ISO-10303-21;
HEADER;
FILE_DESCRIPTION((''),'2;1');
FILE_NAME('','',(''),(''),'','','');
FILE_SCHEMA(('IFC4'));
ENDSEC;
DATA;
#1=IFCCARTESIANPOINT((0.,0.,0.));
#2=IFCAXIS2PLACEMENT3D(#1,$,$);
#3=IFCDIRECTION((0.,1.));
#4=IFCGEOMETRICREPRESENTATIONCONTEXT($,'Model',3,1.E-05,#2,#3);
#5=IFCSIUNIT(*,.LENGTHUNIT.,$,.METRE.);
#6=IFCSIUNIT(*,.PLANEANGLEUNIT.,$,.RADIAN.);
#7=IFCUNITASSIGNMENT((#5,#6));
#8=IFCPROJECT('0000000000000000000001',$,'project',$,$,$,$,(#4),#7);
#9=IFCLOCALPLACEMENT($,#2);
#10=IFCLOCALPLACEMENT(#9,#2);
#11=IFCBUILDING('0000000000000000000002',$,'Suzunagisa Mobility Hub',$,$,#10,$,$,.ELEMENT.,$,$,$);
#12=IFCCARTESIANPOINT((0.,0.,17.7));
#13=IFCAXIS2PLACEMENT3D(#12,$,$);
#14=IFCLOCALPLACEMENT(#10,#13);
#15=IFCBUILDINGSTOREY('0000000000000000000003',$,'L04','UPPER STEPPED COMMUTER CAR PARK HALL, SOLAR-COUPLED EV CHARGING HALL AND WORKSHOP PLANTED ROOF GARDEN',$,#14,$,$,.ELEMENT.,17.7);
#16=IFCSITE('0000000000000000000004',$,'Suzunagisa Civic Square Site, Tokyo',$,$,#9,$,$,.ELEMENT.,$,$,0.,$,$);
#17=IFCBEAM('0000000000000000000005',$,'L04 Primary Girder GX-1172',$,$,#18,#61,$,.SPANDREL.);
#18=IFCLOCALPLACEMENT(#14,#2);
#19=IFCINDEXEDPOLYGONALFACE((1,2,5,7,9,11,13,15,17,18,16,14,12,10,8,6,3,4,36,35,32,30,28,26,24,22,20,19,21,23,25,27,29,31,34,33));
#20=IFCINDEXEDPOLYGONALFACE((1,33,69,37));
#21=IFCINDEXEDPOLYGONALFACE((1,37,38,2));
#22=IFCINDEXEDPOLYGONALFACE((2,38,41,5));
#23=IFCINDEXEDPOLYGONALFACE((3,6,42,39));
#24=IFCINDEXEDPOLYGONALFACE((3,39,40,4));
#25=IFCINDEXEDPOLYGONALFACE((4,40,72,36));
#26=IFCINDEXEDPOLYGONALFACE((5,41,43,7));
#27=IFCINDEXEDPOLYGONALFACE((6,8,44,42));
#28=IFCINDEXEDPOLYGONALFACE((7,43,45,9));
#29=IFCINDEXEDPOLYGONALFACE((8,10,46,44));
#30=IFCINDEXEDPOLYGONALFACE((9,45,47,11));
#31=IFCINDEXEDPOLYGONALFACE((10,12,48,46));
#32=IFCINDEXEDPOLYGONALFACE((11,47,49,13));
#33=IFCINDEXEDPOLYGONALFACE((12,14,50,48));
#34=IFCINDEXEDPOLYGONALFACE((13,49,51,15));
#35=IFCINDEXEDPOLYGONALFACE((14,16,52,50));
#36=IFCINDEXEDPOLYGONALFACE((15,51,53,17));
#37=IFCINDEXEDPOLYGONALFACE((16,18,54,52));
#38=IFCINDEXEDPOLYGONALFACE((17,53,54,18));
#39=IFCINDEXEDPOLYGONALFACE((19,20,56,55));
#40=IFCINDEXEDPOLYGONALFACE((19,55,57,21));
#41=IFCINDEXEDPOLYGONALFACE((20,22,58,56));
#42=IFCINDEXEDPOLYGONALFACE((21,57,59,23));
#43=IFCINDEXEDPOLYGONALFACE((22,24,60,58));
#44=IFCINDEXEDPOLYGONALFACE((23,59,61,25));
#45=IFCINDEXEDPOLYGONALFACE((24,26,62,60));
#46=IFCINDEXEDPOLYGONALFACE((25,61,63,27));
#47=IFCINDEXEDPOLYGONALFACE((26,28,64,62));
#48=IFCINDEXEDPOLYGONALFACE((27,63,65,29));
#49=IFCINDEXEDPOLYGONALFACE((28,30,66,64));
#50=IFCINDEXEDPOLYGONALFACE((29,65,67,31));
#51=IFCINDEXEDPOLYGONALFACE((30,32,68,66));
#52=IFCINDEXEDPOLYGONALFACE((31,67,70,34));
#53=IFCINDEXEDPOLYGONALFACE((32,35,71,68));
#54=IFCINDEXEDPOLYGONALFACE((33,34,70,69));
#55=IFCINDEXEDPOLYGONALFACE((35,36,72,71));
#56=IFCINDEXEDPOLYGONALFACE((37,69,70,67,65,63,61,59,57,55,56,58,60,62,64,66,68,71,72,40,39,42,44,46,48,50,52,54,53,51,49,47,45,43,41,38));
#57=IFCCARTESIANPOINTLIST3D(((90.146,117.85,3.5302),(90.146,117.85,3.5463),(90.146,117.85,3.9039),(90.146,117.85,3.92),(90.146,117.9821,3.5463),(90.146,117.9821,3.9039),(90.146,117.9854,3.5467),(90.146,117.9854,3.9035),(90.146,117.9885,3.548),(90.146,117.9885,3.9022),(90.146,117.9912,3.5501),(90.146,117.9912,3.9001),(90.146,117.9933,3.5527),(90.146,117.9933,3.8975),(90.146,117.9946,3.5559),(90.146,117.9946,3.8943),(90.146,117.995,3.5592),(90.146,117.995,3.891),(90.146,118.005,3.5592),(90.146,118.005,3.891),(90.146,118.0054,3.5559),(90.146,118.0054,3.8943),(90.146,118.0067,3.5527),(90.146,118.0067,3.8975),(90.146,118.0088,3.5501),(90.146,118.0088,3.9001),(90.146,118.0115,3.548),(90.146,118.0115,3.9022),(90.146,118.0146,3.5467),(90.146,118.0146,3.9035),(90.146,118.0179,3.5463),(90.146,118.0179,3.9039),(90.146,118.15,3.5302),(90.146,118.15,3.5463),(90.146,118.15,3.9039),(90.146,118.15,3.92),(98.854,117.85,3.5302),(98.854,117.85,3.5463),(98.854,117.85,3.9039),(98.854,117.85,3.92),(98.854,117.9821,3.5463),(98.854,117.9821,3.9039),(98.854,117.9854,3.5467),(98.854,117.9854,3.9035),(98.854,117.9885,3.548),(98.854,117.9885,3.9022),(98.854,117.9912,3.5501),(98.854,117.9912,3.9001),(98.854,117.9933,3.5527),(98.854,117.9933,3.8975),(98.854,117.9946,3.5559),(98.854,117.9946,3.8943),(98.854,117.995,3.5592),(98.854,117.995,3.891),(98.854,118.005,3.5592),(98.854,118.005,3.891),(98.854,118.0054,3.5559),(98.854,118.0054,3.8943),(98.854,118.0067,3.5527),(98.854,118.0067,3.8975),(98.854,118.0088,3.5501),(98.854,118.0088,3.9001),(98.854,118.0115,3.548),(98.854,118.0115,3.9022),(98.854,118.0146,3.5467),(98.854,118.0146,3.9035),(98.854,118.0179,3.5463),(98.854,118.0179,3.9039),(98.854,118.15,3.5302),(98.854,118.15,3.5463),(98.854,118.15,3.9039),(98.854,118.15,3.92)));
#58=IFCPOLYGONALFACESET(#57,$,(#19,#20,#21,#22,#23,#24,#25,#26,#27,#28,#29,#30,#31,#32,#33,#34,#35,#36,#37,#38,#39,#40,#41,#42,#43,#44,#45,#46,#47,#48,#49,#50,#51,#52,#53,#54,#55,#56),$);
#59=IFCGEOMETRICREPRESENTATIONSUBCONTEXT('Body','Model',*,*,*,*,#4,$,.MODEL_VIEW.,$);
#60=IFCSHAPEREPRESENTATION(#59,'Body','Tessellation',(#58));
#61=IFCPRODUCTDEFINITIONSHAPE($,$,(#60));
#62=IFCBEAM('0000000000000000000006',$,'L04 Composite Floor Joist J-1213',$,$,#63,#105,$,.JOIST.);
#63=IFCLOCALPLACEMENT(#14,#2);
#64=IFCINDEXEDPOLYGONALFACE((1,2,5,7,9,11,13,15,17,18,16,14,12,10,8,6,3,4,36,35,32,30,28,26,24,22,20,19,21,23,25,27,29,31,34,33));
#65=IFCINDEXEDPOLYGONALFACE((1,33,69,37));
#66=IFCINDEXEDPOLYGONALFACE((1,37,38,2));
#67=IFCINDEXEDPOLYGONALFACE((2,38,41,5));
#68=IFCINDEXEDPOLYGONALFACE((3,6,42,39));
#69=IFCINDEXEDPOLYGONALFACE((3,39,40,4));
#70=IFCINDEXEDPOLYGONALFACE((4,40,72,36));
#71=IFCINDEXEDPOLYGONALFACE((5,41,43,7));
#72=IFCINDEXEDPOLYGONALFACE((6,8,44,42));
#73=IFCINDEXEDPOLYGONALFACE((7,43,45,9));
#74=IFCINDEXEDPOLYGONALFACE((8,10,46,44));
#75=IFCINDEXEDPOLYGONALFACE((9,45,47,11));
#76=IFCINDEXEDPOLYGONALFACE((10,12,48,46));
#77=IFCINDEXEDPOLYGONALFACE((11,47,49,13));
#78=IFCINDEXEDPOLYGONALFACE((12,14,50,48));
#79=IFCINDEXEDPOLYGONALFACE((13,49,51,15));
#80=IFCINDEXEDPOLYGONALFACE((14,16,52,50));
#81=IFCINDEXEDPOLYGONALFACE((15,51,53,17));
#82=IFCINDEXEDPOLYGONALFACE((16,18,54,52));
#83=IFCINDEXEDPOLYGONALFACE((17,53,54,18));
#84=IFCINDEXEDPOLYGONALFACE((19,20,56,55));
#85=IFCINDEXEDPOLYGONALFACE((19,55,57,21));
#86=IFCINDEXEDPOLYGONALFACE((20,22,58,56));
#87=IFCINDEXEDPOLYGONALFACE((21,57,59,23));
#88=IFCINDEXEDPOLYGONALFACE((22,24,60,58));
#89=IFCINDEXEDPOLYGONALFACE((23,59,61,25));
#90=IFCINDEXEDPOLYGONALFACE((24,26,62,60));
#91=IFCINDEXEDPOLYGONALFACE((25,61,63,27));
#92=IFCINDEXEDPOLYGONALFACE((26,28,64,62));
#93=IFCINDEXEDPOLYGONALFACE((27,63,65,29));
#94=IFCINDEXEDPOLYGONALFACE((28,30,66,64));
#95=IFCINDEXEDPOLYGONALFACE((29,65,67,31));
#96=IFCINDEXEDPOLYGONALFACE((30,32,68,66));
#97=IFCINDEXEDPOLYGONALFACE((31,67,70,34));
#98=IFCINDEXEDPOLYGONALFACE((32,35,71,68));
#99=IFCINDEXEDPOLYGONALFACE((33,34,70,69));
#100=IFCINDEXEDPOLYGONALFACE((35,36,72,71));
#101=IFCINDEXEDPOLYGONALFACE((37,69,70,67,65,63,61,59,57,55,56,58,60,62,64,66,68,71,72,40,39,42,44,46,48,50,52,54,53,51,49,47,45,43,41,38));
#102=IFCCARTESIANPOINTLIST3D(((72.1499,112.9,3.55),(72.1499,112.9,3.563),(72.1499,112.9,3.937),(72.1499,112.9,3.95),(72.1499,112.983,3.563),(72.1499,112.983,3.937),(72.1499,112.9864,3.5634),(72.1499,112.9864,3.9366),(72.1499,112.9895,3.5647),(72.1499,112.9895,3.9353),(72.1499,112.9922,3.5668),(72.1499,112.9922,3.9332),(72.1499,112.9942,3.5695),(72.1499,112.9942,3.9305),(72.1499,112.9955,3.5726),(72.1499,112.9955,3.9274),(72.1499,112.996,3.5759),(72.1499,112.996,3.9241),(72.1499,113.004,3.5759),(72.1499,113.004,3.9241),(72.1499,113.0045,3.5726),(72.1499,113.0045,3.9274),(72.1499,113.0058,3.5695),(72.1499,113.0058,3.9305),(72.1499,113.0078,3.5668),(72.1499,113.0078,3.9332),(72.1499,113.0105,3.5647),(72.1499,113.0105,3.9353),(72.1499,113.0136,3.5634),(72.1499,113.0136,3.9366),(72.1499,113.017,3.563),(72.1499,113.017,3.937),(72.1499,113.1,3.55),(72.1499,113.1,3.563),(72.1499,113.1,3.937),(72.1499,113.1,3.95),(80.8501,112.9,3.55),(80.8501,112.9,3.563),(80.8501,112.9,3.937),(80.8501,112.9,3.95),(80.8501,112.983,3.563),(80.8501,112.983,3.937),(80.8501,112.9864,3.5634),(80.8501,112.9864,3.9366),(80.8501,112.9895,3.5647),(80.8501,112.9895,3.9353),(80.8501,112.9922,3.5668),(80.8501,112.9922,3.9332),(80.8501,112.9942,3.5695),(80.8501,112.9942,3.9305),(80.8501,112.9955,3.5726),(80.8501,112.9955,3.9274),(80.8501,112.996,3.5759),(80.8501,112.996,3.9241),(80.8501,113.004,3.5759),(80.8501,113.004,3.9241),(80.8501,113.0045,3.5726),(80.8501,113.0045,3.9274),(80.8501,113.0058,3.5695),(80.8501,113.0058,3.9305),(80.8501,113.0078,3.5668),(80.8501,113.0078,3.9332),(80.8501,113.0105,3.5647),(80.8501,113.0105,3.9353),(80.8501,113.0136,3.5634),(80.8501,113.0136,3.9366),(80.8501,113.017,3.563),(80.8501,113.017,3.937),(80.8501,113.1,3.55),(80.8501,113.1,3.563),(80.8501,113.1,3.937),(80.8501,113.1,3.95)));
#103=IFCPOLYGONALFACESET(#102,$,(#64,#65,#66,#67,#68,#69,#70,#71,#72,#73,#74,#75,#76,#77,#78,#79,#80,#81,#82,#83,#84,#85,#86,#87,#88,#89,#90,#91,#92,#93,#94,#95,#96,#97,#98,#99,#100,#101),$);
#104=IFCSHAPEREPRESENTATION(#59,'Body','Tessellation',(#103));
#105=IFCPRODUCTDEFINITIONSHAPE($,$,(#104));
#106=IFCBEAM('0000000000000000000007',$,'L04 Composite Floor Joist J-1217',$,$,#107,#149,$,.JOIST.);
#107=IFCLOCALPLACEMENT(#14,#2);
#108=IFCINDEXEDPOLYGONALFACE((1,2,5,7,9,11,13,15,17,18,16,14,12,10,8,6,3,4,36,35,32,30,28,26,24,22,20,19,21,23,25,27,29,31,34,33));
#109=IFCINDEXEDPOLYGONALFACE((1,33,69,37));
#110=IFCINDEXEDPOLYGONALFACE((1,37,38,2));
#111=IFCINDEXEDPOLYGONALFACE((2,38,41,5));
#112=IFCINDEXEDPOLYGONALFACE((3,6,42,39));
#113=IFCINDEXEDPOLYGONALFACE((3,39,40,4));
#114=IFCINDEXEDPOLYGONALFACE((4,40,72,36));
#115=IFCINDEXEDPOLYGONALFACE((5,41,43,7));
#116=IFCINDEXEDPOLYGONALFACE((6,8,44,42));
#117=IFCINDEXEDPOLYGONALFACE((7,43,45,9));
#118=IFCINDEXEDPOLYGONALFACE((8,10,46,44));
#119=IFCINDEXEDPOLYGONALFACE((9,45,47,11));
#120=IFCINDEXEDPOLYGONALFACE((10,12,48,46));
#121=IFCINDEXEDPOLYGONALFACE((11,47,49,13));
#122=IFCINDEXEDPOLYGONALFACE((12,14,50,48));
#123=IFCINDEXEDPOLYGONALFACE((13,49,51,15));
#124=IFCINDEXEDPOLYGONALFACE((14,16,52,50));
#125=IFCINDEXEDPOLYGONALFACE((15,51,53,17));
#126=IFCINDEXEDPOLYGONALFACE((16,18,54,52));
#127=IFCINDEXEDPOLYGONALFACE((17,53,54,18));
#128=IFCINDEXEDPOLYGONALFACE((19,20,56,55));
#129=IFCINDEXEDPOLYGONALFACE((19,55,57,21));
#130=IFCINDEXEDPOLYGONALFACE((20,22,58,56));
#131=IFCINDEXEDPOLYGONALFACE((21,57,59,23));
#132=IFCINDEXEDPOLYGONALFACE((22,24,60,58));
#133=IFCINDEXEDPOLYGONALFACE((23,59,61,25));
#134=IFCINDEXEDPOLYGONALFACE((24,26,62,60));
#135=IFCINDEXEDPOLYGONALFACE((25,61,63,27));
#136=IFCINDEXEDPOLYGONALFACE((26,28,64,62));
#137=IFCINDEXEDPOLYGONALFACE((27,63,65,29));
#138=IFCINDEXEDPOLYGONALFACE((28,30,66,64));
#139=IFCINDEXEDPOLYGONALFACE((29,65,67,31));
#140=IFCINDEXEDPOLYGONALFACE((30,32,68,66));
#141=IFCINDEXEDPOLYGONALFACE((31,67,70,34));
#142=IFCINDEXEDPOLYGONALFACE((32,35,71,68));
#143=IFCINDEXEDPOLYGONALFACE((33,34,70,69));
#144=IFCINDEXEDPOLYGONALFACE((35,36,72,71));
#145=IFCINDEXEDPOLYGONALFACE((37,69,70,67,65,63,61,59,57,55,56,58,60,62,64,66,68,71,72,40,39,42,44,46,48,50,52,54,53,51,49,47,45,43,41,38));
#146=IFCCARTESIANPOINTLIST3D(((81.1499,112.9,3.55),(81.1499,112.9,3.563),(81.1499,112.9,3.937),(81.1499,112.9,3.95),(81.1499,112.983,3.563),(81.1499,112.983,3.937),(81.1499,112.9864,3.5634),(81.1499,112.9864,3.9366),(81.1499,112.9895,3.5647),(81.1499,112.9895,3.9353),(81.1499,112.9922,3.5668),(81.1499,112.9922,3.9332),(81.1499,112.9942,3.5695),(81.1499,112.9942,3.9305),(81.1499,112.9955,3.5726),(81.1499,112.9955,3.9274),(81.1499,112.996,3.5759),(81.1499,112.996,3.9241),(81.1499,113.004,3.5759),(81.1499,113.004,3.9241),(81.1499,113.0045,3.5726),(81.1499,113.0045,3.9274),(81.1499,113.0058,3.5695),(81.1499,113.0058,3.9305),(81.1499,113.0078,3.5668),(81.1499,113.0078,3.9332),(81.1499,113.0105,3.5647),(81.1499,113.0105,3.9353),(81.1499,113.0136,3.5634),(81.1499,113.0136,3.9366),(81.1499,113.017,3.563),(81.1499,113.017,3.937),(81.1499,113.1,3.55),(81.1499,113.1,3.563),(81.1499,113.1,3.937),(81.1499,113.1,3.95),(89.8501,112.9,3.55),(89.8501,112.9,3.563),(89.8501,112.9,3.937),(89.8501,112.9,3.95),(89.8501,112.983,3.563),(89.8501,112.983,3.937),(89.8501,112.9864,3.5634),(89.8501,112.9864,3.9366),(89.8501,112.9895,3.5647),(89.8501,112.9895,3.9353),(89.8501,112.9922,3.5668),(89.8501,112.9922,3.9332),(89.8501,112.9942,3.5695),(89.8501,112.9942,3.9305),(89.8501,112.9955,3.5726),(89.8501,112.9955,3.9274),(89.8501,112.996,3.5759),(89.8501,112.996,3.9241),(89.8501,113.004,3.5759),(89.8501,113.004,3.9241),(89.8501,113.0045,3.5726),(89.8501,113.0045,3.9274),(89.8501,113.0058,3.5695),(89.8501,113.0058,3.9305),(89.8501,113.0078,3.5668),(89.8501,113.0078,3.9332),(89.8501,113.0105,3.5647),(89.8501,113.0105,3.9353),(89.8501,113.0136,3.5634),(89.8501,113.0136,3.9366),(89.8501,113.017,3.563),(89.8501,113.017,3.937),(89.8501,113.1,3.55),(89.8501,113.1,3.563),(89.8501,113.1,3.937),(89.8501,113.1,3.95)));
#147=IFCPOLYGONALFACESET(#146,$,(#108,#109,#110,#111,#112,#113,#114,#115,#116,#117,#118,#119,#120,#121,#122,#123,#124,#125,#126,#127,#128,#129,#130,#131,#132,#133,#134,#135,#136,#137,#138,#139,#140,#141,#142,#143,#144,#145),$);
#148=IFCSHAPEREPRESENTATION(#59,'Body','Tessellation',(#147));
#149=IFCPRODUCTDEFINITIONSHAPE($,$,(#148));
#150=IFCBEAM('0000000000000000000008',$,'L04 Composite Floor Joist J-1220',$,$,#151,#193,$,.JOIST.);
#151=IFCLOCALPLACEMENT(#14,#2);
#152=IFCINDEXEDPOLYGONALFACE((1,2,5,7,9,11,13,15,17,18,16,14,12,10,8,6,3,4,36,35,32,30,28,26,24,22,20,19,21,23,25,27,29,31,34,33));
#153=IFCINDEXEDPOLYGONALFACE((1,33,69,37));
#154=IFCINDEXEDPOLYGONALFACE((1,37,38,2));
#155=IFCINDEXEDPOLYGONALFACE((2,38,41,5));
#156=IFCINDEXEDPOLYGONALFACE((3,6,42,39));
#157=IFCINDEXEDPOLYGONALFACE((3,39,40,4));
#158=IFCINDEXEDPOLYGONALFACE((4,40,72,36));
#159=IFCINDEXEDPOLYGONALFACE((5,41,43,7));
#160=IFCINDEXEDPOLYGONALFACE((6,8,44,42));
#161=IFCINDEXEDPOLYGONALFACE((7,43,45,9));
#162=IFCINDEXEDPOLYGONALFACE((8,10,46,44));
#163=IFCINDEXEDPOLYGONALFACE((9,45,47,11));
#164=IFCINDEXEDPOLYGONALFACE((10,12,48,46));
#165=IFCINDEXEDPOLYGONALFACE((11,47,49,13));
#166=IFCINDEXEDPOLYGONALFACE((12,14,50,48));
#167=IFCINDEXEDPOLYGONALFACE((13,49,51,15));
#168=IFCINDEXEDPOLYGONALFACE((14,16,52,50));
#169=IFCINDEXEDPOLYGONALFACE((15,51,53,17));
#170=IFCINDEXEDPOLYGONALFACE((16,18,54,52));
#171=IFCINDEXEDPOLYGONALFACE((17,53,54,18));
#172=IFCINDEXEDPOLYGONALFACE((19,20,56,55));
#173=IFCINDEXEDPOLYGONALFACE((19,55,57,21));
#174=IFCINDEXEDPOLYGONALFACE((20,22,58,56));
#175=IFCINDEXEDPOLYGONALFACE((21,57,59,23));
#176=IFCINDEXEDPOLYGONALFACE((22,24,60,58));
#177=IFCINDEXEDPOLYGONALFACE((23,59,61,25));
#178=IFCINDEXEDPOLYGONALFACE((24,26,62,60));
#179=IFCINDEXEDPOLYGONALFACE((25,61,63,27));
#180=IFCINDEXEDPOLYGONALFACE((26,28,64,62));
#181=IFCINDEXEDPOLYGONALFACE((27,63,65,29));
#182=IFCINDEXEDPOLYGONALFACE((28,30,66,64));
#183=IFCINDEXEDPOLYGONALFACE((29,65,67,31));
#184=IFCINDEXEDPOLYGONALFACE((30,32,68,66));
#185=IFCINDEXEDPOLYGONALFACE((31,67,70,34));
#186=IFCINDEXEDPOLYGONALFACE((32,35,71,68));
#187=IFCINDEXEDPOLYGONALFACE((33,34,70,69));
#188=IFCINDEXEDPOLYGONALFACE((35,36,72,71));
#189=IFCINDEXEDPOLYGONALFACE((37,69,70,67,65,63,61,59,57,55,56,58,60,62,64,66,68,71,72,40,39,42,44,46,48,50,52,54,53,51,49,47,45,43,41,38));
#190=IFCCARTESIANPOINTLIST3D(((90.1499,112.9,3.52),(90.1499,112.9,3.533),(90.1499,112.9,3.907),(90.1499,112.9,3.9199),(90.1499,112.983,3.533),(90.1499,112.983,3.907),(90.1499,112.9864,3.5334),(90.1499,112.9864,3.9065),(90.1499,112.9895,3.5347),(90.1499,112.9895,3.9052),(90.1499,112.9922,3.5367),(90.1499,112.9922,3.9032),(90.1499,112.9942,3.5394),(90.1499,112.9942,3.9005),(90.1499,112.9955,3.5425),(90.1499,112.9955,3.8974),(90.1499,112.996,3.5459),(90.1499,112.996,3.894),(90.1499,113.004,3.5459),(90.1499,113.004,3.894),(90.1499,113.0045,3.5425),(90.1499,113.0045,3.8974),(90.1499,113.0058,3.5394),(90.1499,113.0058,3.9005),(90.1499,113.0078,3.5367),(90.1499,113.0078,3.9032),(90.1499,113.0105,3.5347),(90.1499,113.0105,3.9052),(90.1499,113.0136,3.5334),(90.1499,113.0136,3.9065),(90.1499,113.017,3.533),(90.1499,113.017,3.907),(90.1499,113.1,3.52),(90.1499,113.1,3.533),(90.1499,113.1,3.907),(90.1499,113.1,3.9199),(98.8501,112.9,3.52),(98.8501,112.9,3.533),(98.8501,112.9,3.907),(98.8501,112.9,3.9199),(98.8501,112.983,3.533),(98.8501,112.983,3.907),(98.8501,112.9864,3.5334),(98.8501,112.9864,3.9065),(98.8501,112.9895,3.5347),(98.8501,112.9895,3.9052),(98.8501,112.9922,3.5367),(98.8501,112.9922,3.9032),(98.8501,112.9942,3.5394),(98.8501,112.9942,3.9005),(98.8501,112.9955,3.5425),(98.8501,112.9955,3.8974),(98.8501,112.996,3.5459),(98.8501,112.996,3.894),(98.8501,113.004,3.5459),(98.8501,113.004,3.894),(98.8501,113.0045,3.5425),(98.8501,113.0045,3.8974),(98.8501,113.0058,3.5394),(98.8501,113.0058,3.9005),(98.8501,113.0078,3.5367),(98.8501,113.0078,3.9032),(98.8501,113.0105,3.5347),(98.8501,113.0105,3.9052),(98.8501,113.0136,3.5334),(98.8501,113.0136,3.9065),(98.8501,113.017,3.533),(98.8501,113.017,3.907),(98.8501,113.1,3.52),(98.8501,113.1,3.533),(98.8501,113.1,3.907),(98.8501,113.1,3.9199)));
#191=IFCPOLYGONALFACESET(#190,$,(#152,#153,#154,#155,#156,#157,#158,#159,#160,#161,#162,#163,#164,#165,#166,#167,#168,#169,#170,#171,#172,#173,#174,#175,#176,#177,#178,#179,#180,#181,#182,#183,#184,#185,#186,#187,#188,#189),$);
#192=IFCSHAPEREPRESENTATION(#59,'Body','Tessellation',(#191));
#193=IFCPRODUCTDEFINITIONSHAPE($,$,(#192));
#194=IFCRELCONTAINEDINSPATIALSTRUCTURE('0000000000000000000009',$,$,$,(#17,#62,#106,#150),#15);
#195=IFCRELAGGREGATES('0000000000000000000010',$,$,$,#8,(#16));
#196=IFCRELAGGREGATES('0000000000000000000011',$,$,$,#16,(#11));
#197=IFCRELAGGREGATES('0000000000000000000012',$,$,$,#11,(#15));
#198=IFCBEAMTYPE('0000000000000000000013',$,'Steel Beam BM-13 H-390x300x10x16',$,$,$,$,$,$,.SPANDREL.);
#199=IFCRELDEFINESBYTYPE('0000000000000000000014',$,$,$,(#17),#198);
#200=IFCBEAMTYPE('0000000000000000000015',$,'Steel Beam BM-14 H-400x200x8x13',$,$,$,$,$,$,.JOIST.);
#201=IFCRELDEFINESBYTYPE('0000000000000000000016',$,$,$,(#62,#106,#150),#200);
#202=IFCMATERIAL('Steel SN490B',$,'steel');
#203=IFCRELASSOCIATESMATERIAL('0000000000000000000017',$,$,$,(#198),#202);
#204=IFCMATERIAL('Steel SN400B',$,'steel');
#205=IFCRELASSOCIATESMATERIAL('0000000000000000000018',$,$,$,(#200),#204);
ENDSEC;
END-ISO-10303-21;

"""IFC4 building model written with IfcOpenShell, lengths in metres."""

from ifc_helpers import new_model, si_unit, direction, frame, origin, origin_2d, place, context, subcontext, project, spatial, i_section, extrude, material, material_profile, profile_set, type_object, element, save


model = new_model("IFC4")

# Units and contexts
model_context = context("Model", 3, precision=1e-05, world=origin(), true_north=direction((0.0, 1.0)))
body_context = subcontext(model_context, "Body", "Model", "MODEL_VIEW")
ifc_project = project(units=[si_unit("LENGTHUNIT", "METRE"), si_unit("PLANEANGLEUNIT", "RADIAN")], contexts=[model_context])

# Site, building, storey
site_placement = place(None, origin())
site = spatial("IfcSite", under=ifc_project, at=site_placement, Name="Suzunagisa Civic Square Site, Tokyo", CompositionType="ELEMENT", RefElevation=0.0)
building_placement = place(site_placement, origin())
building = spatial("IfcBuilding", under=site, at=building_placement, Name="Suzunagisa Mobility Hub", CompositionType="ELEMENT")
storey_placement = place(building_placement, frame((0.0, 0.0, 17.7)))
storey = spatial("IfcBuildingStorey", under=building, at=storey_placement, Name="L04", Description="UPPER STEPPED COMMUTER CAR PARK HALL, SOLAR-COUPLED EV CHARGING HALL AND WORKSHOP PLANTED ROOF GARDEN", CompositionType="ELEMENT", Elevation=17.7)

# Shared definitions
ifc_material_1 = material(Name="Steel SN490B", Category="steel")

# Beams
ifc_material_profile_1 = material_profile(ifc_material_1, i_section(OverallWidth=0.3, OverallDepth=0.3899, WebThickness=0.01, FlangeThickness=0.0161, FilletRadius=0.0129, at=origin_2d()), Name="H-390x300x10x16")
ifc_profile_set_1 = profile_set([ifc_material_profile_1], Name="Steel SN490B")
beam_type_1 = type_object("IfcBeamType", Name="Steel Beam BM-13 H-390x300x10x16", PredefinedType="SPANDREL", material=ifc_profile_set_1)
for number, where, z_axis, x_axis, name in (
    (1, (90.146, 118.0, 3.7251), (1.0, 0.0, 0.0), (0.0, 1.0, 0.0), "L04 Primary Girder GX-1172"),
):
    element("IfcBeam", number, at=place(storey_placement, frame(where, z_axis=z_axis, x_axis=x_axis)), inside=storey, type_object=beam_type_1, Name=name, PredefinedType="SPANDREL", context=body_context, shape_type="SweptSolid", body=[
        extrude(i_section(OverallWidth=0.3, OverallDepth=0.3899, WebThickness=0.01, FlangeThickness=0.0161, FilletRadius=0.0129, at=origin_2d()), origin(), (0.0, 0.0, 1.0), 8.708),
    ])
ifc_material_2 = material(Name="Steel SN400B", Category="steel")
ifc_material_profile_2 = material_profile(ifc_material_2, i_section(OverallWidth=0.2, OverallDepth=0.3999, WebThickness=0.0081, FlangeThickness=0.0129, FilletRadius=0.0129, at=origin_2d()), Name="H-400x200x8x13")
ifc_profile_set_2 = profile_set([ifc_material_profile_2], Name="Steel SN400B")
beam_type_2 = type_object("IfcBeamType", Name="Steel Beam BM-14 H-400x200x8x13", PredefinedType="JOIST", material=ifc_profile_set_2)
for number, where, z_axis, x_axis, name in (
    (2, (72.1499, 113.0, 3.75), (1.0, 0.0, 0.0), (0.0, 1.0, 0.0), "L04 Composite Floor Joist J-1213"),
    (3, (81.1499, 113.0, 3.75), (1.0, 0.0, 0.0), (0.0, 1.0, 0.0), "L04 Composite Floor Joist J-1217"),
    (4, (90.1499, 113.0, 3.72), (1.0, 0.0, 0.0), (0.0, 1.0, 0.0), "L04 Composite Floor Joist J-1220"),
):
    element("IfcBeam", number, at=place(storey_placement, frame(where, z_axis=z_axis, x_axis=x_axis)), inside=storey, type_object=beam_type_2, Name=name, PredefinedType="JOIST", context=body_context, shape_type="SweptSolid", body=[
        extrude(i_section(OverallWidth=0.2, OverallDepth=0.3999, WebThickness=0.0081, FlangeThickness=0.0129, FilletRadius=0.0129, at=origin_2d()), origin(), (0.0, 0.0, 1.0), 8.7002),
    ])

save(model, "model.ifc")
